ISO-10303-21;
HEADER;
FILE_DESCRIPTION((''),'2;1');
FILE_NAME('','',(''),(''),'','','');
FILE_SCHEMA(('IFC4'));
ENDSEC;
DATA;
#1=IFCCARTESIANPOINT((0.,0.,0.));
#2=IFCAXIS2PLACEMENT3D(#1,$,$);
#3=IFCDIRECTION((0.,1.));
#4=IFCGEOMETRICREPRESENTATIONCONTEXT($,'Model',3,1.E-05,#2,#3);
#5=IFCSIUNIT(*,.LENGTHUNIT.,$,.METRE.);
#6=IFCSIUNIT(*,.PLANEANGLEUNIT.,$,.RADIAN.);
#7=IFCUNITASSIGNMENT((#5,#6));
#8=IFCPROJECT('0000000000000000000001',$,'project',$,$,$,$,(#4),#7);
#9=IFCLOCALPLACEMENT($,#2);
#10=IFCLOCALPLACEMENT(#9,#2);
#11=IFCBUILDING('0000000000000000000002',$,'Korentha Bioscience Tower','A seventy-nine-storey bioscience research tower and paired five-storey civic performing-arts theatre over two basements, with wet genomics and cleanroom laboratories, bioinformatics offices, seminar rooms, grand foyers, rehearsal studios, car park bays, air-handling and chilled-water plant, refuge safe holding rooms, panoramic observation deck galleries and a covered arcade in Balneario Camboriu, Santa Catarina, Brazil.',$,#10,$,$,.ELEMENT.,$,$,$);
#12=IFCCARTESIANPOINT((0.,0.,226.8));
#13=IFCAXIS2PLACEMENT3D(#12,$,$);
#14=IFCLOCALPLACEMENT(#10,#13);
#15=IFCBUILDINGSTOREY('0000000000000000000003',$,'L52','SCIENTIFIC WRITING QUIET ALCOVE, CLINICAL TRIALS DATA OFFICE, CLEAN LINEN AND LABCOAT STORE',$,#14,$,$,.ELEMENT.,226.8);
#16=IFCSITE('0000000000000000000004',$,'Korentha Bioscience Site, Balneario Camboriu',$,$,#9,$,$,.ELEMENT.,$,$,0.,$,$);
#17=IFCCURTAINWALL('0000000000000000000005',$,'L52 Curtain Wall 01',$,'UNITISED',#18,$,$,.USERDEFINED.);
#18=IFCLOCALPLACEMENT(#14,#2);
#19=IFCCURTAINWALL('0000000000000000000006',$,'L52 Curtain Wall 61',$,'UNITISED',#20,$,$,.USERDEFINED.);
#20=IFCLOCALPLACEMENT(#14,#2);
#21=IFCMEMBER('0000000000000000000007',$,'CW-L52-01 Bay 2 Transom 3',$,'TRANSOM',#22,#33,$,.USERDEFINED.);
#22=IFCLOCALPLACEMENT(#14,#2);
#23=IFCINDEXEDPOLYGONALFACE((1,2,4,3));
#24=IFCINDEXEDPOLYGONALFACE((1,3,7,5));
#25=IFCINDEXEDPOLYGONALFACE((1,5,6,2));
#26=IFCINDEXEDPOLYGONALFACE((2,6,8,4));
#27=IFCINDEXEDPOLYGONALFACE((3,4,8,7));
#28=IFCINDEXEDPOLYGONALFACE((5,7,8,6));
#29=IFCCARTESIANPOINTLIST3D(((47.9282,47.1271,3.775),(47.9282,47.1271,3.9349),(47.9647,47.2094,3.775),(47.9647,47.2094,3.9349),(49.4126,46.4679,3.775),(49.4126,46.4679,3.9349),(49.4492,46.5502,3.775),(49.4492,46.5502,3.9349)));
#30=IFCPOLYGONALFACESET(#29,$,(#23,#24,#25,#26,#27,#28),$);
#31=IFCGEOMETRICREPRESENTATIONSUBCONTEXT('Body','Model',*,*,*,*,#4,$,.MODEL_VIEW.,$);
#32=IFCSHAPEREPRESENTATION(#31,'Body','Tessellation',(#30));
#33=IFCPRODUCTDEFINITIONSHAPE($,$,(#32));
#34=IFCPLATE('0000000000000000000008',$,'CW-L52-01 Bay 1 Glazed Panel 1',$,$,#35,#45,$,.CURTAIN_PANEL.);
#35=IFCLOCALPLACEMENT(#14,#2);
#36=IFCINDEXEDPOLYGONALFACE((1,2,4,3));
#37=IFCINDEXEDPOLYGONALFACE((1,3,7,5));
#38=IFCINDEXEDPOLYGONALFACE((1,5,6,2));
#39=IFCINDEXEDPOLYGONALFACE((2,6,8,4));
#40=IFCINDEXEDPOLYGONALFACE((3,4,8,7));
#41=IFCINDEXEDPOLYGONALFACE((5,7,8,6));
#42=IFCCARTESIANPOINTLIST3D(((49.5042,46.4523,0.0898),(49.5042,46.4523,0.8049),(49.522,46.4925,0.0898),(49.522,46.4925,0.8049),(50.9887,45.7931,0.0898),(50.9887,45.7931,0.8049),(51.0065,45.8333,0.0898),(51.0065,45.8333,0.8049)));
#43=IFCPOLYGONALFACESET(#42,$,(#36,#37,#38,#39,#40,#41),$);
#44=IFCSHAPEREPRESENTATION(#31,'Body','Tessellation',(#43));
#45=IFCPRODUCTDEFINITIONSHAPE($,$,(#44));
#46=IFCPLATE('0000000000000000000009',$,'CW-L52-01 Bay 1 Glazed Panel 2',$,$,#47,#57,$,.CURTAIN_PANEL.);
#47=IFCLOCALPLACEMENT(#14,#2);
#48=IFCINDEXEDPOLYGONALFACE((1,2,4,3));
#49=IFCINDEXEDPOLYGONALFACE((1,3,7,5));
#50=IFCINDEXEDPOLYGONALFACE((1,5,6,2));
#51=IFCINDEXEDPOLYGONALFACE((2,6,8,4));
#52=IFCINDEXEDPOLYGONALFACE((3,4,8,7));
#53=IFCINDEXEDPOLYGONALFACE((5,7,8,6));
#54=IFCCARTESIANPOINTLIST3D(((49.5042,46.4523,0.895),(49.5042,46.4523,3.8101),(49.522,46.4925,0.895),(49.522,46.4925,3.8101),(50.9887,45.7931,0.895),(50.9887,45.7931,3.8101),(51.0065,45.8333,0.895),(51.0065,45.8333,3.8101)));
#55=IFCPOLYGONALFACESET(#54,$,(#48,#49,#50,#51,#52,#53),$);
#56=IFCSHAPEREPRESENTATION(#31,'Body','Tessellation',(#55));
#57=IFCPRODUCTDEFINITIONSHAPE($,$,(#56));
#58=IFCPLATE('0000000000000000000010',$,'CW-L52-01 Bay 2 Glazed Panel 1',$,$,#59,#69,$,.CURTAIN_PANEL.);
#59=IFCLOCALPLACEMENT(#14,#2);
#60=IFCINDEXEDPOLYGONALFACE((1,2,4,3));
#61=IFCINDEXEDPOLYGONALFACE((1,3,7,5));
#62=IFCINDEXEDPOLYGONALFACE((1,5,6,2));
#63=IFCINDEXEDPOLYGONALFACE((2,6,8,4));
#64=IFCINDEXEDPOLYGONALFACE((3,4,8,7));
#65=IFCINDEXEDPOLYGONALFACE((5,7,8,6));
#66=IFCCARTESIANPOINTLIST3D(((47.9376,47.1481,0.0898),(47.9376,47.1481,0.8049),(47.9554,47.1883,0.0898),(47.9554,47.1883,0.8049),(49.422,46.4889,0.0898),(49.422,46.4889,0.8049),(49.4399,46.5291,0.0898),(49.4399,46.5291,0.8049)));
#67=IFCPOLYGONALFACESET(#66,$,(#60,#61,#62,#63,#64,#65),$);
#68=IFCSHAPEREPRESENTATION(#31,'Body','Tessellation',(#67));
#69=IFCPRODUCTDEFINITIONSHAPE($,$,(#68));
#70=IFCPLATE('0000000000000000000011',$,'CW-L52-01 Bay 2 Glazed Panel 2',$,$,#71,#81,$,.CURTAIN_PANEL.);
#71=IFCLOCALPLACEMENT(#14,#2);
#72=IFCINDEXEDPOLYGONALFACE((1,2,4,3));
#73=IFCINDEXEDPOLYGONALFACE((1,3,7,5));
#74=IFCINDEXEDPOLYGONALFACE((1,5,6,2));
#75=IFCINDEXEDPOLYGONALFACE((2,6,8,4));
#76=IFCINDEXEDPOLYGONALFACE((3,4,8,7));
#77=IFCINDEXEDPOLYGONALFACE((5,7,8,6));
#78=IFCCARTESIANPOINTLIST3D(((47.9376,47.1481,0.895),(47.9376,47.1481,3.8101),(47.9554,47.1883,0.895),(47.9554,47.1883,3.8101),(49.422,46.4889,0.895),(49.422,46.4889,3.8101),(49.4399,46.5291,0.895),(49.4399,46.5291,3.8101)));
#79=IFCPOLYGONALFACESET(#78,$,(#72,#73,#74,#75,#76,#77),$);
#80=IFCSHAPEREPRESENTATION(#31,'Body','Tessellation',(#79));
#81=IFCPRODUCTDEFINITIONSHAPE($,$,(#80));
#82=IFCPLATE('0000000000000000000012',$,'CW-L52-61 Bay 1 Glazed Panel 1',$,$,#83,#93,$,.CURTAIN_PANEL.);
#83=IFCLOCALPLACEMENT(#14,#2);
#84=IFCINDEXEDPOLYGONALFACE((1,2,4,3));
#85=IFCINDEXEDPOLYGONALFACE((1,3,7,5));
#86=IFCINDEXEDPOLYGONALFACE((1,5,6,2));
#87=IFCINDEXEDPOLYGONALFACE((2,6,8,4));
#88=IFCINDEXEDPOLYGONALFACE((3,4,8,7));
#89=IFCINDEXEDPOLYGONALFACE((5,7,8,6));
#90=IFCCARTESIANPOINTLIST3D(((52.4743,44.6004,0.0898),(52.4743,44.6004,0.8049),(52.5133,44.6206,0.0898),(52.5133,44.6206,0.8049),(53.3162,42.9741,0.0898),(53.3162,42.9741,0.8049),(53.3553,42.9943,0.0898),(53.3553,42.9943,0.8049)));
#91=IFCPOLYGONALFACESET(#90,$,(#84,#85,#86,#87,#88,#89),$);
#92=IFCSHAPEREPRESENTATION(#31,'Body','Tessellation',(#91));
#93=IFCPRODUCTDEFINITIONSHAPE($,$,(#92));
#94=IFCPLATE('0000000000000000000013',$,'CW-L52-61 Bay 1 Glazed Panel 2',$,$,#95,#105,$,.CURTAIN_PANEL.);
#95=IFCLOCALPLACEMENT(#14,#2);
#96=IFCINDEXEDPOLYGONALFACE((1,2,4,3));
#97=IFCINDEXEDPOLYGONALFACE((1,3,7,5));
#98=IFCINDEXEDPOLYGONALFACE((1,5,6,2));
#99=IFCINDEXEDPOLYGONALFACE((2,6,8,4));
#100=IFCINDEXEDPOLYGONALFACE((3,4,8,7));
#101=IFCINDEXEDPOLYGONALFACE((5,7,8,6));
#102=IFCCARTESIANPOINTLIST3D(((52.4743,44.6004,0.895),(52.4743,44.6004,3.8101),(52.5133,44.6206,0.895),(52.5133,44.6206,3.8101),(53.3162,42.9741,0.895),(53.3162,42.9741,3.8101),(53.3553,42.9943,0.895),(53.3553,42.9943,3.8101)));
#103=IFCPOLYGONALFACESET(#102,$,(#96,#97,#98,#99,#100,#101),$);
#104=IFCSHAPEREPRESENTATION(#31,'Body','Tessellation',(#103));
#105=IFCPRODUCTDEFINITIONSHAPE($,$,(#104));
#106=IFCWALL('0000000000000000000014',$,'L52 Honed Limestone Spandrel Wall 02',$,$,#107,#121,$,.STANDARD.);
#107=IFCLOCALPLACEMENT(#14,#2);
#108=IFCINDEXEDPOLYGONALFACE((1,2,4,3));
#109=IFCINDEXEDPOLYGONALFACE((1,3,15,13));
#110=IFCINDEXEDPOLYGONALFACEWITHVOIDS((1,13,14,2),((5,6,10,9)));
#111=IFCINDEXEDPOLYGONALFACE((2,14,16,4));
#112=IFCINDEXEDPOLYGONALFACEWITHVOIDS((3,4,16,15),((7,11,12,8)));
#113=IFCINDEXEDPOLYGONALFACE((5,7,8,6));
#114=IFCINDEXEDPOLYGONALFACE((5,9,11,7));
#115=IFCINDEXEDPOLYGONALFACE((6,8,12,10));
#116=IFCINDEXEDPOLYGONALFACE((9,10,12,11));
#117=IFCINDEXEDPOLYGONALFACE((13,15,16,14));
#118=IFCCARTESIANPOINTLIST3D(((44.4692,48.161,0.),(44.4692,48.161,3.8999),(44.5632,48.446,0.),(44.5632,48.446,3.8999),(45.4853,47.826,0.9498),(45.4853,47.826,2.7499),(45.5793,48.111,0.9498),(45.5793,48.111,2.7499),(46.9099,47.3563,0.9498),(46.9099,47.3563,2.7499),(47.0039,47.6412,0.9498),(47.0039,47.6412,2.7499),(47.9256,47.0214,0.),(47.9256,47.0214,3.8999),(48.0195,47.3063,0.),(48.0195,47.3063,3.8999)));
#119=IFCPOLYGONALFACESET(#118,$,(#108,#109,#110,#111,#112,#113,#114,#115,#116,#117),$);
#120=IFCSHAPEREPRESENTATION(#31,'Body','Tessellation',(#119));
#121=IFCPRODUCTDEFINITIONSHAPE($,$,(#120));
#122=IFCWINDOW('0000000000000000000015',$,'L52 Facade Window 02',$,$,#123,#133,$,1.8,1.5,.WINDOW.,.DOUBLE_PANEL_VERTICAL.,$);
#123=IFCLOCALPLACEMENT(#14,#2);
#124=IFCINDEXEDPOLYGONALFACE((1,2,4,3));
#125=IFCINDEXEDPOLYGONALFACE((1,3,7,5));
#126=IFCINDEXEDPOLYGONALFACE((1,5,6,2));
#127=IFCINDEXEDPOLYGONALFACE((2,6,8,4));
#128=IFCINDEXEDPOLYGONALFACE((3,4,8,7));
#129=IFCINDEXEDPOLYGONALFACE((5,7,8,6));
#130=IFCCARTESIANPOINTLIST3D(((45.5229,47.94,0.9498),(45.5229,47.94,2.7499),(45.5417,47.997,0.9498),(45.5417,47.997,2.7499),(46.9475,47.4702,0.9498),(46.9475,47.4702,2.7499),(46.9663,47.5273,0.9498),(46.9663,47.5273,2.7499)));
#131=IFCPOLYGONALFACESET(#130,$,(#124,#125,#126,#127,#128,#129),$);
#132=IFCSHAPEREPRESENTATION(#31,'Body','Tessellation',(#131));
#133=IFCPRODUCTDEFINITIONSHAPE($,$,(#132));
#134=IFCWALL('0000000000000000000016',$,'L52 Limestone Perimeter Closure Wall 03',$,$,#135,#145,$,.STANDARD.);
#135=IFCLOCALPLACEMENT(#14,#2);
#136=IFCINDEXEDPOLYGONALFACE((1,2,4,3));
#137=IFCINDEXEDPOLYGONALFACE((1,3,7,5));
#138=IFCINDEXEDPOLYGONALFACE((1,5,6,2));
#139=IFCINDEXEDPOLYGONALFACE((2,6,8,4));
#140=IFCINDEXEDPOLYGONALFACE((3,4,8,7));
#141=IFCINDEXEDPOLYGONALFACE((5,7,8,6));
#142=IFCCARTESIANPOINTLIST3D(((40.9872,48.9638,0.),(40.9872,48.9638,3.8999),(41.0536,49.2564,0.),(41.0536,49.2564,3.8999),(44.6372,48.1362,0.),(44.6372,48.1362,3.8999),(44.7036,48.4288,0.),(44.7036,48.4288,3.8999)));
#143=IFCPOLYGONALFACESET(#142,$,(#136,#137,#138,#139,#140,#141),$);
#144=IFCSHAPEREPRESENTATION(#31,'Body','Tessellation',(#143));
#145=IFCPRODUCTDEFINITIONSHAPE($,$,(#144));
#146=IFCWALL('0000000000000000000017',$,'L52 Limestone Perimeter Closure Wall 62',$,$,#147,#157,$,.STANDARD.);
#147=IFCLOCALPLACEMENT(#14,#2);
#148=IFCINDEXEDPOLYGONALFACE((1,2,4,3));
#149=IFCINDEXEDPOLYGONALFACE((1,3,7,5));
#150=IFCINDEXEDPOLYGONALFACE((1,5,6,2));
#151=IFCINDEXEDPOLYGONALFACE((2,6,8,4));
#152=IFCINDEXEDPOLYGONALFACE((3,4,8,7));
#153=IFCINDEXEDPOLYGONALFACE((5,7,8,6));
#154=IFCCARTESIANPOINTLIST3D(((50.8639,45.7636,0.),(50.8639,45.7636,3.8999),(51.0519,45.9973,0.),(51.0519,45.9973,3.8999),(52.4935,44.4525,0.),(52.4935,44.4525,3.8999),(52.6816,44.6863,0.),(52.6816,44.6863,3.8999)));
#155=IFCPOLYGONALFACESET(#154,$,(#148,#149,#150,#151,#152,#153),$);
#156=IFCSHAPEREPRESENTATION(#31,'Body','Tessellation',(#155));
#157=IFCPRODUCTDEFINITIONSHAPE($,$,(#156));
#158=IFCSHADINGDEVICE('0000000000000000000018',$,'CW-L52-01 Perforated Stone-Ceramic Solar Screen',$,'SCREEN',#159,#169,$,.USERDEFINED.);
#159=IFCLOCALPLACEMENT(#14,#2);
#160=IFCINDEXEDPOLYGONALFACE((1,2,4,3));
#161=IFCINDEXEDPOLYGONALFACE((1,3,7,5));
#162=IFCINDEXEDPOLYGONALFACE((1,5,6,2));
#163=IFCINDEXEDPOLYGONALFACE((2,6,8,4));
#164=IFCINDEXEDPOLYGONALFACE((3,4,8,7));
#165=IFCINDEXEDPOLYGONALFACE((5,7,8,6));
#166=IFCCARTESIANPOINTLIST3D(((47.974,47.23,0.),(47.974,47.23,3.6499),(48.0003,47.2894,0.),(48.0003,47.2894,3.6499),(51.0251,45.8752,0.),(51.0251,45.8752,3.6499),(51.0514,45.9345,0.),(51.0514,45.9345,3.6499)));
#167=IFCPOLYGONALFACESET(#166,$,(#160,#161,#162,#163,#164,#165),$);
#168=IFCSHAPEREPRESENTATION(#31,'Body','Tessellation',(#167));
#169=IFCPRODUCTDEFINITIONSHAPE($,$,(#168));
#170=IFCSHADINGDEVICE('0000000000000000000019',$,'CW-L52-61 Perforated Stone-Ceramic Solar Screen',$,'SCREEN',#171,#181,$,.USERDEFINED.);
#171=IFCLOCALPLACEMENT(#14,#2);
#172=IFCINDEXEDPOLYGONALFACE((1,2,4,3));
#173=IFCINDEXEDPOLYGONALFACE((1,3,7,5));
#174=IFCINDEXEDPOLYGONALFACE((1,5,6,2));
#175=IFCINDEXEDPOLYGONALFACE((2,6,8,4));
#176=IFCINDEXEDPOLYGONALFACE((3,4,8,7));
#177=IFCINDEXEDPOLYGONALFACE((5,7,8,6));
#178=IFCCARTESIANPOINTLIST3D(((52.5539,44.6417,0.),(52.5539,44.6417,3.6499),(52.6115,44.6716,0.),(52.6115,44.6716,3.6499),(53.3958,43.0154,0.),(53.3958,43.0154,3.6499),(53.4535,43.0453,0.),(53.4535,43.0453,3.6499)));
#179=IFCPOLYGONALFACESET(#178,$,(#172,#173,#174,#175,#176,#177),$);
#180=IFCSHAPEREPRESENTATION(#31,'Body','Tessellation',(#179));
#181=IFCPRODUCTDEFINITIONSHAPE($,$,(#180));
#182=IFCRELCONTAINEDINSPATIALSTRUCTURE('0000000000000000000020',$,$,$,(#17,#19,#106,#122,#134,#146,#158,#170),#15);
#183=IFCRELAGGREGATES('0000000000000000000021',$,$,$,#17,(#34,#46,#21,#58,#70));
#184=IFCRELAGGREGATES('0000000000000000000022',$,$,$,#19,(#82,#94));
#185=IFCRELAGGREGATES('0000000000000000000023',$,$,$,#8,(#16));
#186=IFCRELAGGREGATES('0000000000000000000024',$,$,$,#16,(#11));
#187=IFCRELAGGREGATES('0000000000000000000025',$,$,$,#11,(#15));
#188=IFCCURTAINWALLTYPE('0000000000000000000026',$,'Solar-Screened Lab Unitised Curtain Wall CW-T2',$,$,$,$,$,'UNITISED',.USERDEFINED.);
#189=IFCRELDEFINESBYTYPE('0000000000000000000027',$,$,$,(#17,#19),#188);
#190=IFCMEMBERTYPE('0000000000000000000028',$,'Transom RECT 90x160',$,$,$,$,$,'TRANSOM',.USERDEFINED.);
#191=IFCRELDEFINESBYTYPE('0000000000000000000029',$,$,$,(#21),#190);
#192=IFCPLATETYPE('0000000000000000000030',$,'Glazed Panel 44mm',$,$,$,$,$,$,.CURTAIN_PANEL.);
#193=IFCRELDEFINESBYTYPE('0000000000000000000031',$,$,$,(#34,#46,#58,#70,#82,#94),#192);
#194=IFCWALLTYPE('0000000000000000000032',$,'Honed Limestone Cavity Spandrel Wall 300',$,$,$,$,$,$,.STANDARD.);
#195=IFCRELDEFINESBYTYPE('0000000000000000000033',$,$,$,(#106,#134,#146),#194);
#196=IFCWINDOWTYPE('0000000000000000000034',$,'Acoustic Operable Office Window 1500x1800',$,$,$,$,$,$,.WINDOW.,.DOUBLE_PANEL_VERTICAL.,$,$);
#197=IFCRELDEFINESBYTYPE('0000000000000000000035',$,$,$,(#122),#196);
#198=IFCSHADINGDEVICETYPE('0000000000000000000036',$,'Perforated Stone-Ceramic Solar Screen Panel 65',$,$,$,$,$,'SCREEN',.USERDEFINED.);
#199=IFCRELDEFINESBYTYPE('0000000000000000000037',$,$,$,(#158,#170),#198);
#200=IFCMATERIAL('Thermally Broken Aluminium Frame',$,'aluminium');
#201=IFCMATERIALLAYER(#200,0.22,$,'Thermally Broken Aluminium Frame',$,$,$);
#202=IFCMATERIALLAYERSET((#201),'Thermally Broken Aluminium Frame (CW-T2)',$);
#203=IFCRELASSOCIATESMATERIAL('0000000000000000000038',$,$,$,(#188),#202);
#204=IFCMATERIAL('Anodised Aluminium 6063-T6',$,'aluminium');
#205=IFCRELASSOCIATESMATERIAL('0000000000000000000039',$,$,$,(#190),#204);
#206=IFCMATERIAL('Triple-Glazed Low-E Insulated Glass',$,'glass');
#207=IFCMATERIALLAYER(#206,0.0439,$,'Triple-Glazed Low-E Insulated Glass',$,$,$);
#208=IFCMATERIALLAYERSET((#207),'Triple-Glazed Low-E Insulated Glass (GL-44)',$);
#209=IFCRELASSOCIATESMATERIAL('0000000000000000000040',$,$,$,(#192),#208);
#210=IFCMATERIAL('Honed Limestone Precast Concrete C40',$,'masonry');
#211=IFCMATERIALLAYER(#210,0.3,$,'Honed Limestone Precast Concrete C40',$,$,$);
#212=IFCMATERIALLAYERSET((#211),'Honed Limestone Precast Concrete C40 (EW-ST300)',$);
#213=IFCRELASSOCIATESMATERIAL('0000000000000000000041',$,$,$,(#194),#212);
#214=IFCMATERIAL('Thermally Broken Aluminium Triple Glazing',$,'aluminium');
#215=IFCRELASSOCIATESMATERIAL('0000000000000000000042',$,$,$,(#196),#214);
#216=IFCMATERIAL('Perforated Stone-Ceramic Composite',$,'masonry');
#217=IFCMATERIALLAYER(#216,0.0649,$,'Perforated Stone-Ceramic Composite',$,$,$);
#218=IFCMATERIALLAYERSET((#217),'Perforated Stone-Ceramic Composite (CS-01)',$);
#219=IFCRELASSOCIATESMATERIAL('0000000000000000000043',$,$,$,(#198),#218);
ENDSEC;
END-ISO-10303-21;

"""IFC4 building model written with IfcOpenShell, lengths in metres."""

from ifc_helpers import new_model, si_unit, direction, frame, frame_2d, origin, origin_2d, place, context, subcontext, project, spatial, rectangle, extrude, material, layer, layer_set, material_profile, profile_set, type_object, element, fill, aggregate, save


model = new_model("IFC4")

# Units and contexts
model_context = context("Model", 3, precision=1e-05, world=origin(), true_north=direction((0.0, 1.0)))
body_context = subcontext(model_context, "Body", "Model", "MODEL_VIEW")
ifc_project = project(units=[si_unit("LENGTHUNIT", "METRE"), si_unit("PLANEANGLEUNIT", "RADIAN")], contexts=[model_context])

# Site, building, storey
site_placement = place(None, origin())
site = spatial("IfcSite", under=ifc_project, at=site_placement, Name="Korentha Bioscience Site, Balneario Camboriu", CompositionType="ELEMENT", RefElevation=0.0)
building_placement = place(site_placement, origin())
building = spatial("IfcBuilding", under=site, at=building_placement, Name="Korentha Bioscience Tower", Description="A seventy-nine-storey bioscience research tower and paired five-storey civic performing-arts theatre over two basements, with wet genomics and cleanroom laboratories, bioinformatics offices, seminar rooms, grand foyers, rehearsal studios, car park bays, air-handling and chilled-water plant, refuge safe holding rooms, panoramic observation deck galleries and a covered arcade in Balneario Camboriu, Santa Catarina, Brazil.", CompositionType="ELEMENT")
storey_placement = place(building_placement, frame((0.0, 0.0, 226.8)))
storey = spatial("IfcBuildingStorey", under=building, at=storey_placement, Name="L52", Description="SCIENTIFIC WRITING QUIET ALCOVE, CLINICAL TRIALS DATA OFFICE, CLEAN LINEN AND LABCOAT STORE", CompositionType="ELEMENT", Elevation=226.8)

# Curtain wall
ifc_material_1 = material(Name="Thermally Broken Aluminium Frame", Category="aluminium")
ifc_layer_1 = layer(ifc_material_1, 0.22, Name="Thermally Broken Aluminium Frame")
ifc_layer_set_1 = layer_set([ifc_layer_1], Name="Thermally Broken Aluminium Frame (CW-T2)")
curtain_wall_type = type_object("IfcCurtainWallType", Name="Solar-Screened Lab Unitised Curtain Wall CW-T2", ElementType="UNITISED", PredefinedType="USERDEFINED", material=ifc_layer_set_1)
curtain_wall_1_placement = place(storey_placement, origin())
curtain_wall_1 = element("IfcCurtainWall", 1, at=curtain_wall_1_placement, inside=storey, type_object=curtain_wall_type, Name="L52 Curtain Wall 01", ObjectType="UNITISED", PredefinedType="USERDEFINED")
ifc_material_2 = material(Name="Anodised Aluminium 6063-T6", Category="aluminium")

# Curtain wall
curtain_wall_2_placement = place(storey_placement, origin())
curtain_wall_2 = element("IfcCurtainWall", 2, at=curtain_wall_2_placement, inside=storey, type_object=curtain_wall_type, Name="L52 Curtain Wall 61", ObjectType="UNITISED", PredefinedType="USERDEFINED")

# Member
ifc_material_profile_1 = material_profile(ifc_material_2, rectangle(XDim=0.0901, YDim=0.1599, at=origin_2d()), Name="Anodised Aluminium 6063-T6")
ifc_profile_set_1 = profile_set([ifc_material_profile_1], Name="Anodised Aluminium 6063-T6 (CW-TRN)")
member_type_1 = type_object("IfcMemberType", Name="Transom RECT 90x160", ElementType="TRANSOM", PredefinedType="USERDEFINED", material=ifc_profile_set_1)
member_1_placement = place(storey_placement, frame((49.4309, 46.509, 3.855), z_axis=(-0.913935, 0.40586, 0.0), x_axis=(-0.40586, -0.913935, 0.0)))
member_1 = element("IfcMember", 3, at=member_1_placement, type_object=member_type_1, Name="CW-L52-01 Bay 2 Transom 3", ObjectType="TRANSOM", PredefinedType="USERDEFINED", context=body_context, shape_type="SweptSolid", body=[
    extrude(rectangle(XDim=0.0901, YDim=0.1599, at=origin_2d()), origin(), (0.0, 0.0, 1.0), 1.6243),
])

# Plates
ifc_material_3 = material(Name="Triple-Glazed Low-E Insulated Glass", Category="glass")
ifc_layer_2 = layer(ifc_material_3, 0.0439, Name="Triple-Glazed Low-E Insulated Glass")
ifc_layer_set_2 = layer_set([ifc_layer_2], Name="Triple-Glazed Low-E Insulated Glass (GL-44)")
plate_type = type_object("IfcPlateType", Name="Glazed Panel 44mm", PredefinedType="CURTAIN_PANEL", material=ifc_layer_set_2)
plate_1_placement = place(storey_placement, frame((50.2554, 46.1428, 0.0898), z_axis=(0.0, 0.0, 1.0), x_axis=(-0.913944, 0.40584, 0.0)))
plate_1 = element("IfcPlate", 4, at=plate_1_placement, type_object=plate_type, Name="CW-L52-01 Bay 1 Glazed Panel 1", PredefinedType="CURTAIN_PANEL", context=body_context, shape_type="SweptSolid", body=[
    extrude(rectangle(XDim=1.6243, YDim=0.0439, at=origin_2d()), origin(), (0.0, 0.0, 1.0), 0.7151),
])
plate_2_placement = place(storey_placement, frame((50.2554, 46.1428, 0.895), z_axis=(0.0, 0.0, 1.0), x_axis=(-0.913944, 0.40584, 0.0)))
plate_2 = element("IfcPlate", 5, at=plate_2_placement, type_object=plate_type, Name="CW-L52-01 Bay 1 Glazed Panel 2", PredefinedType="CURTAIN_PANEL", context=body_context, shape_type="SweptSolid", body=[
    extrude(rectangle(XDim=1.6243, YDim=0.0439, at=origin_2d()), origin(), (0.0, 0.0, 1.0), 2.915),
])
plate_3_placement = place(storey_placement, frame((48.6887, 46.8386, 0.0898), z_axis=(0.0, 0.0, 1.0), x_axis=(-0.913944, 0.40584, 0.0)))
plate_3 = element("IfcPlate", 6, at=plate_3_placement, type_object=plate_type, Name="CW-L52-01 Bay 2 Glazed Panel 1", PredefinedType="CURTAIN_PANEL", context=body_context, shape_type="SweptSolid", body=[
    extrude(rectangle(XDim=1.6243, YDim=0.0439, at=origin_2d()), origin(), (0.0, 0.0, 1.0), 0.7151),
])
plate_4_placement = place(storey_placement, frame((48.6887, 46.8386, 0.895), z_axis=(0.0, 0.0, 1.0), x_axis=(-0.913944, 0.40584, 0.0)))
plate_4 = element("IfcPlate", 7, at=plate_4_placement, type_object=plate_type, Name="CW-L52-01 Bay 2 Glazed Panel 2", PredefinedType="CURTAIN_PANEL", context=body_context, shape_type="SweptSolid", body=[
    extrude(rectangle(XDim=1.6243, YDim=0.0439, at=origin_2d()), origin(), (0.0, 0.0, 1.0), 2.915),
])
aggregate(curtain_wall_1, [plate_1, plate_2, member_1, plate_3, plate_4])
plate_5_placement = place(storey_placement, frame((52.9148, 43.7974, 0.0898), z_axis=(0.0, 0.0, 1.0), x_axis=(-0.459738, 0.888055, 0.0)))
plate_5 = element("IfcPlate", 8, at=plate_5_placement, type_object=plate_type, Name="CW-L52-61 Bay 1 Glazed Panel 1", PredefinedType="CURTAIN_PANEL", context=body_context, shape_type="SweptSolid", body=[
    extrude(rectangle(XDim=1.8313, YDim=0.0439, at=origin_2d()), origin(), (0.0, 0.0, 1.0), 0.7151),
])
plate_6_placement = place(storey_placement, frame((52.9148, 43.7974, 0.895), z_axis=(0.0, 0.0, 1.0), x_axis=(-0.459738, 0.888055, 0.0)))
plate_6 = element("IfcPlate", 9, at=plate_6_placement, type_object=plate_type, Name="CW-L52-61 Bay 1 Glazed Panel 2", PredefinedType="CURTAIN_PANEL", context=body_context, shape_type="SweptSolid", body=[
    extrude(rectangle(XDim=1.8313, YDim=0.0439, at=origin_2d()), origin(), (0.0, 0.0, 1.0), 2.915),
])
aggregate(curtain_wall_2, [plate_5, plate_6])

# Wall, opening, window
ifc_material_4 = material(Name="Honed Limestone Precast Concrete C40", Category="masonry")
ifc_layer_3 = layer(ifc_material_4, 0.3, Name="Honed Limestone Precast Concrete C40")
ifc_layer_set_3 = layer_set([ifc_layer_3], Name="Honed Limestone Precast Concrete C40 (EW-ST300)")
wall_type = type_object("IfcWallType", Name="Honed Limestone Cavity Spandrel Wall 300", PredefinedType="STANDARD", material=ifc_layer_set_3)
wall_1_placement = place(storey_placement, frame((47.9727, 47.1638, 0.0), z_axis=(0.0, 0.0, 1.0), x_axis=(-0.949705, 0.313147, 0.0)))
wall_1 = element("IfcWall", 10, at=wall_1_placement, inside=storey, type_object=wall_type, Name="L52 Honed Limestone Spandrel Wall 02", PredefinedType="STANDARD", context=body_context, shape_type="SweptSolid", body=[
    extrude(rectangle(XDim=3.6394, YDim=0.3, at=frame_2d((1.8198, 0.0))), origin(), (0.0, 0.0, 1.0), 3.8999),
])
opening_placement = place(wall_1_placement, frame((1.0696, 0.0, 0.95)))
opening = element("IfcOpeningElement", 11, at=opening_placement, cuts=wall_1, PredefinedType="OPENING", context=body_context, shape_type="SweptSolid", body=[
    extrude(rectangle(XDim=1.5, YDim=1.8, at=frame_2d((0.75, 0.8999))), frame((0.0, 0.165, 0.0), z_axis=(0.0, -1.0, 0.0), x_axis=(1.0, 0.0, 0.0)), (0.0, 0.0, 1.0), 0.3298),
])
ifc_material_5 = material(Name="Thermally Broken Aluminium Triple Glazing", Category="aluminium")
window_type = type_object("IfcWindowType", Name="Acoustic Operable Office Window 1500x1800", PartitioningType="DOUBLE_PANEL_VERTICAL", PredefinedType="WINDOW", material=ifc_material_5)
window_placement = place(opening_placement, origin())
window = element("IfcWindow", 12, at=window_placement, inside=storey, type_object=window_type, Name="L52 Facade Window 02", OverallHeight=1.8, OverallWidth=1.5, PartitioningType="DOUBLE_PANEL_VERTICAL", PredefinedType="WINDOW", context=body_context, shape_type="SweptSolid", body=[
    extrude(rectangle(XDim=1.5, YDim=1.8, at=frame_2d((0.75, 0.8999))), frame((0.0, 0.03, 0.0), z_axis=(0.0, -1.0, 0.0), x_axis=(1.0, 0.0, 0.0)), (0.0, 0.0, 1.0), 0.0601),
])
fill(opening, window)

# Walls
wall_2_placement = place(storey_placement, frame((44.6704, 48.2825, 0.0), z_axis=(0.0, 0.0, 1.0), x_axis=(-0.975242, 0.221142, 0.0)))
element("IfcWall", 13, at=wall_2_placement, inside=storey, type_object=wall_type, Name="L52 Limestone Perimeter Closure Wall 03", PredefinedType="STANDARD", context=body_context, shape_type="SweptSolid", body=[
    extrude(rectangle(XDim=3.7427, YDim=0.3, at=frame_2d((1.8713, 0.0))), origin(), (0.0, 0.0, 1.0), 3.8999),
])
wall_3_placement = place(storey_placement, frame((52.5876, 44.5693, 0.0), z_axis=(0.0, 0.0, 1.0), x_axis=(-0.779158, 0.626828, 0.0)))
element("IfcWall", 14, at=wall_3_placement, inside=storey, type_object=wall_type, Name="L52 Limestone Perimeter Closure Wall 62", PredefinedType="STANDARD", context=body_context, shape_type="SweptSolid", body=[
    extrude(rectangle(XDim=2.0916, YDim=0.3, at=frame_2d((1.0459, 0.0))), origin(), (0.0, 0.0, 1.0), 3.8999),
])

# Shading devices
ifc_material_6 = material(Name="Perforated Stone-Ceramic Composite", Category="masonry")
ifc_layer_4 = layer(ifc_material_6, 0.0649, Name="Perforated Stone-Ceramic Composite")
ifc_layer_set_4 = layer_set([ifc_layer_4], Name="Perforated Stone-Ceramic Composite (CS-01)")
shading_device_type_1 = type_object("IfcShadingDeviceType", Name="Perforated Stone-Ceramic Solar Screen Panel 65", ElementType="SCREEN", PredefinedType="USERDEFINED", material=ifc_layer_set_4)
shading_device_1_placement = place(storey_placement, frame((49.5127, 46.5823, 0.0), z_axis=(0.0, 0.0, 1.0), x_axis=(-0.913944, 0.40584, 0.0)))
element("IfcShadingDevice", 15, at=shading_device_1_placement, inside=storey, type_object=shading_device_type_1, Name="CW-L52-01 Perforated Stone-Ceramic Solar Screen", ObjectType="SCREEN", PredefinedType="USERDEFINED", context=body_context, shape_type="SweptSolid", body=[
    extrude(rectangle(XDim=3.3384, YDim=0.0649, at=origin_2d()), origin(), (0.0, 0.0, 1.0), 3.6499),
])
shading_device_2_placement = place(storey_placement, frame((53.0037, 43.8435, 0.0), z_axis=(0.0, 0.0, 1.0), x_axis=(-0.459738, 0.888055, 0.0)))
element("IfcShadingDevice", 16, at=shading_device_2_placement, inside=storey, type_object=shading_device_type_1, Name="CW-L52-61 Perforated Stone-Ceramic Solar Screen", ObjectType="SCREEN", PredefinedType="USERDEFINED", context=body_context, shape_type="SweptSolid", body=[
    extrude(rectangle(XDim=1.8313, YDim=0.0649, at=origin_2d()), origin(), (0.0, 0.0, 1.0), 3.6499),
])

save(model, "model.ifc")
